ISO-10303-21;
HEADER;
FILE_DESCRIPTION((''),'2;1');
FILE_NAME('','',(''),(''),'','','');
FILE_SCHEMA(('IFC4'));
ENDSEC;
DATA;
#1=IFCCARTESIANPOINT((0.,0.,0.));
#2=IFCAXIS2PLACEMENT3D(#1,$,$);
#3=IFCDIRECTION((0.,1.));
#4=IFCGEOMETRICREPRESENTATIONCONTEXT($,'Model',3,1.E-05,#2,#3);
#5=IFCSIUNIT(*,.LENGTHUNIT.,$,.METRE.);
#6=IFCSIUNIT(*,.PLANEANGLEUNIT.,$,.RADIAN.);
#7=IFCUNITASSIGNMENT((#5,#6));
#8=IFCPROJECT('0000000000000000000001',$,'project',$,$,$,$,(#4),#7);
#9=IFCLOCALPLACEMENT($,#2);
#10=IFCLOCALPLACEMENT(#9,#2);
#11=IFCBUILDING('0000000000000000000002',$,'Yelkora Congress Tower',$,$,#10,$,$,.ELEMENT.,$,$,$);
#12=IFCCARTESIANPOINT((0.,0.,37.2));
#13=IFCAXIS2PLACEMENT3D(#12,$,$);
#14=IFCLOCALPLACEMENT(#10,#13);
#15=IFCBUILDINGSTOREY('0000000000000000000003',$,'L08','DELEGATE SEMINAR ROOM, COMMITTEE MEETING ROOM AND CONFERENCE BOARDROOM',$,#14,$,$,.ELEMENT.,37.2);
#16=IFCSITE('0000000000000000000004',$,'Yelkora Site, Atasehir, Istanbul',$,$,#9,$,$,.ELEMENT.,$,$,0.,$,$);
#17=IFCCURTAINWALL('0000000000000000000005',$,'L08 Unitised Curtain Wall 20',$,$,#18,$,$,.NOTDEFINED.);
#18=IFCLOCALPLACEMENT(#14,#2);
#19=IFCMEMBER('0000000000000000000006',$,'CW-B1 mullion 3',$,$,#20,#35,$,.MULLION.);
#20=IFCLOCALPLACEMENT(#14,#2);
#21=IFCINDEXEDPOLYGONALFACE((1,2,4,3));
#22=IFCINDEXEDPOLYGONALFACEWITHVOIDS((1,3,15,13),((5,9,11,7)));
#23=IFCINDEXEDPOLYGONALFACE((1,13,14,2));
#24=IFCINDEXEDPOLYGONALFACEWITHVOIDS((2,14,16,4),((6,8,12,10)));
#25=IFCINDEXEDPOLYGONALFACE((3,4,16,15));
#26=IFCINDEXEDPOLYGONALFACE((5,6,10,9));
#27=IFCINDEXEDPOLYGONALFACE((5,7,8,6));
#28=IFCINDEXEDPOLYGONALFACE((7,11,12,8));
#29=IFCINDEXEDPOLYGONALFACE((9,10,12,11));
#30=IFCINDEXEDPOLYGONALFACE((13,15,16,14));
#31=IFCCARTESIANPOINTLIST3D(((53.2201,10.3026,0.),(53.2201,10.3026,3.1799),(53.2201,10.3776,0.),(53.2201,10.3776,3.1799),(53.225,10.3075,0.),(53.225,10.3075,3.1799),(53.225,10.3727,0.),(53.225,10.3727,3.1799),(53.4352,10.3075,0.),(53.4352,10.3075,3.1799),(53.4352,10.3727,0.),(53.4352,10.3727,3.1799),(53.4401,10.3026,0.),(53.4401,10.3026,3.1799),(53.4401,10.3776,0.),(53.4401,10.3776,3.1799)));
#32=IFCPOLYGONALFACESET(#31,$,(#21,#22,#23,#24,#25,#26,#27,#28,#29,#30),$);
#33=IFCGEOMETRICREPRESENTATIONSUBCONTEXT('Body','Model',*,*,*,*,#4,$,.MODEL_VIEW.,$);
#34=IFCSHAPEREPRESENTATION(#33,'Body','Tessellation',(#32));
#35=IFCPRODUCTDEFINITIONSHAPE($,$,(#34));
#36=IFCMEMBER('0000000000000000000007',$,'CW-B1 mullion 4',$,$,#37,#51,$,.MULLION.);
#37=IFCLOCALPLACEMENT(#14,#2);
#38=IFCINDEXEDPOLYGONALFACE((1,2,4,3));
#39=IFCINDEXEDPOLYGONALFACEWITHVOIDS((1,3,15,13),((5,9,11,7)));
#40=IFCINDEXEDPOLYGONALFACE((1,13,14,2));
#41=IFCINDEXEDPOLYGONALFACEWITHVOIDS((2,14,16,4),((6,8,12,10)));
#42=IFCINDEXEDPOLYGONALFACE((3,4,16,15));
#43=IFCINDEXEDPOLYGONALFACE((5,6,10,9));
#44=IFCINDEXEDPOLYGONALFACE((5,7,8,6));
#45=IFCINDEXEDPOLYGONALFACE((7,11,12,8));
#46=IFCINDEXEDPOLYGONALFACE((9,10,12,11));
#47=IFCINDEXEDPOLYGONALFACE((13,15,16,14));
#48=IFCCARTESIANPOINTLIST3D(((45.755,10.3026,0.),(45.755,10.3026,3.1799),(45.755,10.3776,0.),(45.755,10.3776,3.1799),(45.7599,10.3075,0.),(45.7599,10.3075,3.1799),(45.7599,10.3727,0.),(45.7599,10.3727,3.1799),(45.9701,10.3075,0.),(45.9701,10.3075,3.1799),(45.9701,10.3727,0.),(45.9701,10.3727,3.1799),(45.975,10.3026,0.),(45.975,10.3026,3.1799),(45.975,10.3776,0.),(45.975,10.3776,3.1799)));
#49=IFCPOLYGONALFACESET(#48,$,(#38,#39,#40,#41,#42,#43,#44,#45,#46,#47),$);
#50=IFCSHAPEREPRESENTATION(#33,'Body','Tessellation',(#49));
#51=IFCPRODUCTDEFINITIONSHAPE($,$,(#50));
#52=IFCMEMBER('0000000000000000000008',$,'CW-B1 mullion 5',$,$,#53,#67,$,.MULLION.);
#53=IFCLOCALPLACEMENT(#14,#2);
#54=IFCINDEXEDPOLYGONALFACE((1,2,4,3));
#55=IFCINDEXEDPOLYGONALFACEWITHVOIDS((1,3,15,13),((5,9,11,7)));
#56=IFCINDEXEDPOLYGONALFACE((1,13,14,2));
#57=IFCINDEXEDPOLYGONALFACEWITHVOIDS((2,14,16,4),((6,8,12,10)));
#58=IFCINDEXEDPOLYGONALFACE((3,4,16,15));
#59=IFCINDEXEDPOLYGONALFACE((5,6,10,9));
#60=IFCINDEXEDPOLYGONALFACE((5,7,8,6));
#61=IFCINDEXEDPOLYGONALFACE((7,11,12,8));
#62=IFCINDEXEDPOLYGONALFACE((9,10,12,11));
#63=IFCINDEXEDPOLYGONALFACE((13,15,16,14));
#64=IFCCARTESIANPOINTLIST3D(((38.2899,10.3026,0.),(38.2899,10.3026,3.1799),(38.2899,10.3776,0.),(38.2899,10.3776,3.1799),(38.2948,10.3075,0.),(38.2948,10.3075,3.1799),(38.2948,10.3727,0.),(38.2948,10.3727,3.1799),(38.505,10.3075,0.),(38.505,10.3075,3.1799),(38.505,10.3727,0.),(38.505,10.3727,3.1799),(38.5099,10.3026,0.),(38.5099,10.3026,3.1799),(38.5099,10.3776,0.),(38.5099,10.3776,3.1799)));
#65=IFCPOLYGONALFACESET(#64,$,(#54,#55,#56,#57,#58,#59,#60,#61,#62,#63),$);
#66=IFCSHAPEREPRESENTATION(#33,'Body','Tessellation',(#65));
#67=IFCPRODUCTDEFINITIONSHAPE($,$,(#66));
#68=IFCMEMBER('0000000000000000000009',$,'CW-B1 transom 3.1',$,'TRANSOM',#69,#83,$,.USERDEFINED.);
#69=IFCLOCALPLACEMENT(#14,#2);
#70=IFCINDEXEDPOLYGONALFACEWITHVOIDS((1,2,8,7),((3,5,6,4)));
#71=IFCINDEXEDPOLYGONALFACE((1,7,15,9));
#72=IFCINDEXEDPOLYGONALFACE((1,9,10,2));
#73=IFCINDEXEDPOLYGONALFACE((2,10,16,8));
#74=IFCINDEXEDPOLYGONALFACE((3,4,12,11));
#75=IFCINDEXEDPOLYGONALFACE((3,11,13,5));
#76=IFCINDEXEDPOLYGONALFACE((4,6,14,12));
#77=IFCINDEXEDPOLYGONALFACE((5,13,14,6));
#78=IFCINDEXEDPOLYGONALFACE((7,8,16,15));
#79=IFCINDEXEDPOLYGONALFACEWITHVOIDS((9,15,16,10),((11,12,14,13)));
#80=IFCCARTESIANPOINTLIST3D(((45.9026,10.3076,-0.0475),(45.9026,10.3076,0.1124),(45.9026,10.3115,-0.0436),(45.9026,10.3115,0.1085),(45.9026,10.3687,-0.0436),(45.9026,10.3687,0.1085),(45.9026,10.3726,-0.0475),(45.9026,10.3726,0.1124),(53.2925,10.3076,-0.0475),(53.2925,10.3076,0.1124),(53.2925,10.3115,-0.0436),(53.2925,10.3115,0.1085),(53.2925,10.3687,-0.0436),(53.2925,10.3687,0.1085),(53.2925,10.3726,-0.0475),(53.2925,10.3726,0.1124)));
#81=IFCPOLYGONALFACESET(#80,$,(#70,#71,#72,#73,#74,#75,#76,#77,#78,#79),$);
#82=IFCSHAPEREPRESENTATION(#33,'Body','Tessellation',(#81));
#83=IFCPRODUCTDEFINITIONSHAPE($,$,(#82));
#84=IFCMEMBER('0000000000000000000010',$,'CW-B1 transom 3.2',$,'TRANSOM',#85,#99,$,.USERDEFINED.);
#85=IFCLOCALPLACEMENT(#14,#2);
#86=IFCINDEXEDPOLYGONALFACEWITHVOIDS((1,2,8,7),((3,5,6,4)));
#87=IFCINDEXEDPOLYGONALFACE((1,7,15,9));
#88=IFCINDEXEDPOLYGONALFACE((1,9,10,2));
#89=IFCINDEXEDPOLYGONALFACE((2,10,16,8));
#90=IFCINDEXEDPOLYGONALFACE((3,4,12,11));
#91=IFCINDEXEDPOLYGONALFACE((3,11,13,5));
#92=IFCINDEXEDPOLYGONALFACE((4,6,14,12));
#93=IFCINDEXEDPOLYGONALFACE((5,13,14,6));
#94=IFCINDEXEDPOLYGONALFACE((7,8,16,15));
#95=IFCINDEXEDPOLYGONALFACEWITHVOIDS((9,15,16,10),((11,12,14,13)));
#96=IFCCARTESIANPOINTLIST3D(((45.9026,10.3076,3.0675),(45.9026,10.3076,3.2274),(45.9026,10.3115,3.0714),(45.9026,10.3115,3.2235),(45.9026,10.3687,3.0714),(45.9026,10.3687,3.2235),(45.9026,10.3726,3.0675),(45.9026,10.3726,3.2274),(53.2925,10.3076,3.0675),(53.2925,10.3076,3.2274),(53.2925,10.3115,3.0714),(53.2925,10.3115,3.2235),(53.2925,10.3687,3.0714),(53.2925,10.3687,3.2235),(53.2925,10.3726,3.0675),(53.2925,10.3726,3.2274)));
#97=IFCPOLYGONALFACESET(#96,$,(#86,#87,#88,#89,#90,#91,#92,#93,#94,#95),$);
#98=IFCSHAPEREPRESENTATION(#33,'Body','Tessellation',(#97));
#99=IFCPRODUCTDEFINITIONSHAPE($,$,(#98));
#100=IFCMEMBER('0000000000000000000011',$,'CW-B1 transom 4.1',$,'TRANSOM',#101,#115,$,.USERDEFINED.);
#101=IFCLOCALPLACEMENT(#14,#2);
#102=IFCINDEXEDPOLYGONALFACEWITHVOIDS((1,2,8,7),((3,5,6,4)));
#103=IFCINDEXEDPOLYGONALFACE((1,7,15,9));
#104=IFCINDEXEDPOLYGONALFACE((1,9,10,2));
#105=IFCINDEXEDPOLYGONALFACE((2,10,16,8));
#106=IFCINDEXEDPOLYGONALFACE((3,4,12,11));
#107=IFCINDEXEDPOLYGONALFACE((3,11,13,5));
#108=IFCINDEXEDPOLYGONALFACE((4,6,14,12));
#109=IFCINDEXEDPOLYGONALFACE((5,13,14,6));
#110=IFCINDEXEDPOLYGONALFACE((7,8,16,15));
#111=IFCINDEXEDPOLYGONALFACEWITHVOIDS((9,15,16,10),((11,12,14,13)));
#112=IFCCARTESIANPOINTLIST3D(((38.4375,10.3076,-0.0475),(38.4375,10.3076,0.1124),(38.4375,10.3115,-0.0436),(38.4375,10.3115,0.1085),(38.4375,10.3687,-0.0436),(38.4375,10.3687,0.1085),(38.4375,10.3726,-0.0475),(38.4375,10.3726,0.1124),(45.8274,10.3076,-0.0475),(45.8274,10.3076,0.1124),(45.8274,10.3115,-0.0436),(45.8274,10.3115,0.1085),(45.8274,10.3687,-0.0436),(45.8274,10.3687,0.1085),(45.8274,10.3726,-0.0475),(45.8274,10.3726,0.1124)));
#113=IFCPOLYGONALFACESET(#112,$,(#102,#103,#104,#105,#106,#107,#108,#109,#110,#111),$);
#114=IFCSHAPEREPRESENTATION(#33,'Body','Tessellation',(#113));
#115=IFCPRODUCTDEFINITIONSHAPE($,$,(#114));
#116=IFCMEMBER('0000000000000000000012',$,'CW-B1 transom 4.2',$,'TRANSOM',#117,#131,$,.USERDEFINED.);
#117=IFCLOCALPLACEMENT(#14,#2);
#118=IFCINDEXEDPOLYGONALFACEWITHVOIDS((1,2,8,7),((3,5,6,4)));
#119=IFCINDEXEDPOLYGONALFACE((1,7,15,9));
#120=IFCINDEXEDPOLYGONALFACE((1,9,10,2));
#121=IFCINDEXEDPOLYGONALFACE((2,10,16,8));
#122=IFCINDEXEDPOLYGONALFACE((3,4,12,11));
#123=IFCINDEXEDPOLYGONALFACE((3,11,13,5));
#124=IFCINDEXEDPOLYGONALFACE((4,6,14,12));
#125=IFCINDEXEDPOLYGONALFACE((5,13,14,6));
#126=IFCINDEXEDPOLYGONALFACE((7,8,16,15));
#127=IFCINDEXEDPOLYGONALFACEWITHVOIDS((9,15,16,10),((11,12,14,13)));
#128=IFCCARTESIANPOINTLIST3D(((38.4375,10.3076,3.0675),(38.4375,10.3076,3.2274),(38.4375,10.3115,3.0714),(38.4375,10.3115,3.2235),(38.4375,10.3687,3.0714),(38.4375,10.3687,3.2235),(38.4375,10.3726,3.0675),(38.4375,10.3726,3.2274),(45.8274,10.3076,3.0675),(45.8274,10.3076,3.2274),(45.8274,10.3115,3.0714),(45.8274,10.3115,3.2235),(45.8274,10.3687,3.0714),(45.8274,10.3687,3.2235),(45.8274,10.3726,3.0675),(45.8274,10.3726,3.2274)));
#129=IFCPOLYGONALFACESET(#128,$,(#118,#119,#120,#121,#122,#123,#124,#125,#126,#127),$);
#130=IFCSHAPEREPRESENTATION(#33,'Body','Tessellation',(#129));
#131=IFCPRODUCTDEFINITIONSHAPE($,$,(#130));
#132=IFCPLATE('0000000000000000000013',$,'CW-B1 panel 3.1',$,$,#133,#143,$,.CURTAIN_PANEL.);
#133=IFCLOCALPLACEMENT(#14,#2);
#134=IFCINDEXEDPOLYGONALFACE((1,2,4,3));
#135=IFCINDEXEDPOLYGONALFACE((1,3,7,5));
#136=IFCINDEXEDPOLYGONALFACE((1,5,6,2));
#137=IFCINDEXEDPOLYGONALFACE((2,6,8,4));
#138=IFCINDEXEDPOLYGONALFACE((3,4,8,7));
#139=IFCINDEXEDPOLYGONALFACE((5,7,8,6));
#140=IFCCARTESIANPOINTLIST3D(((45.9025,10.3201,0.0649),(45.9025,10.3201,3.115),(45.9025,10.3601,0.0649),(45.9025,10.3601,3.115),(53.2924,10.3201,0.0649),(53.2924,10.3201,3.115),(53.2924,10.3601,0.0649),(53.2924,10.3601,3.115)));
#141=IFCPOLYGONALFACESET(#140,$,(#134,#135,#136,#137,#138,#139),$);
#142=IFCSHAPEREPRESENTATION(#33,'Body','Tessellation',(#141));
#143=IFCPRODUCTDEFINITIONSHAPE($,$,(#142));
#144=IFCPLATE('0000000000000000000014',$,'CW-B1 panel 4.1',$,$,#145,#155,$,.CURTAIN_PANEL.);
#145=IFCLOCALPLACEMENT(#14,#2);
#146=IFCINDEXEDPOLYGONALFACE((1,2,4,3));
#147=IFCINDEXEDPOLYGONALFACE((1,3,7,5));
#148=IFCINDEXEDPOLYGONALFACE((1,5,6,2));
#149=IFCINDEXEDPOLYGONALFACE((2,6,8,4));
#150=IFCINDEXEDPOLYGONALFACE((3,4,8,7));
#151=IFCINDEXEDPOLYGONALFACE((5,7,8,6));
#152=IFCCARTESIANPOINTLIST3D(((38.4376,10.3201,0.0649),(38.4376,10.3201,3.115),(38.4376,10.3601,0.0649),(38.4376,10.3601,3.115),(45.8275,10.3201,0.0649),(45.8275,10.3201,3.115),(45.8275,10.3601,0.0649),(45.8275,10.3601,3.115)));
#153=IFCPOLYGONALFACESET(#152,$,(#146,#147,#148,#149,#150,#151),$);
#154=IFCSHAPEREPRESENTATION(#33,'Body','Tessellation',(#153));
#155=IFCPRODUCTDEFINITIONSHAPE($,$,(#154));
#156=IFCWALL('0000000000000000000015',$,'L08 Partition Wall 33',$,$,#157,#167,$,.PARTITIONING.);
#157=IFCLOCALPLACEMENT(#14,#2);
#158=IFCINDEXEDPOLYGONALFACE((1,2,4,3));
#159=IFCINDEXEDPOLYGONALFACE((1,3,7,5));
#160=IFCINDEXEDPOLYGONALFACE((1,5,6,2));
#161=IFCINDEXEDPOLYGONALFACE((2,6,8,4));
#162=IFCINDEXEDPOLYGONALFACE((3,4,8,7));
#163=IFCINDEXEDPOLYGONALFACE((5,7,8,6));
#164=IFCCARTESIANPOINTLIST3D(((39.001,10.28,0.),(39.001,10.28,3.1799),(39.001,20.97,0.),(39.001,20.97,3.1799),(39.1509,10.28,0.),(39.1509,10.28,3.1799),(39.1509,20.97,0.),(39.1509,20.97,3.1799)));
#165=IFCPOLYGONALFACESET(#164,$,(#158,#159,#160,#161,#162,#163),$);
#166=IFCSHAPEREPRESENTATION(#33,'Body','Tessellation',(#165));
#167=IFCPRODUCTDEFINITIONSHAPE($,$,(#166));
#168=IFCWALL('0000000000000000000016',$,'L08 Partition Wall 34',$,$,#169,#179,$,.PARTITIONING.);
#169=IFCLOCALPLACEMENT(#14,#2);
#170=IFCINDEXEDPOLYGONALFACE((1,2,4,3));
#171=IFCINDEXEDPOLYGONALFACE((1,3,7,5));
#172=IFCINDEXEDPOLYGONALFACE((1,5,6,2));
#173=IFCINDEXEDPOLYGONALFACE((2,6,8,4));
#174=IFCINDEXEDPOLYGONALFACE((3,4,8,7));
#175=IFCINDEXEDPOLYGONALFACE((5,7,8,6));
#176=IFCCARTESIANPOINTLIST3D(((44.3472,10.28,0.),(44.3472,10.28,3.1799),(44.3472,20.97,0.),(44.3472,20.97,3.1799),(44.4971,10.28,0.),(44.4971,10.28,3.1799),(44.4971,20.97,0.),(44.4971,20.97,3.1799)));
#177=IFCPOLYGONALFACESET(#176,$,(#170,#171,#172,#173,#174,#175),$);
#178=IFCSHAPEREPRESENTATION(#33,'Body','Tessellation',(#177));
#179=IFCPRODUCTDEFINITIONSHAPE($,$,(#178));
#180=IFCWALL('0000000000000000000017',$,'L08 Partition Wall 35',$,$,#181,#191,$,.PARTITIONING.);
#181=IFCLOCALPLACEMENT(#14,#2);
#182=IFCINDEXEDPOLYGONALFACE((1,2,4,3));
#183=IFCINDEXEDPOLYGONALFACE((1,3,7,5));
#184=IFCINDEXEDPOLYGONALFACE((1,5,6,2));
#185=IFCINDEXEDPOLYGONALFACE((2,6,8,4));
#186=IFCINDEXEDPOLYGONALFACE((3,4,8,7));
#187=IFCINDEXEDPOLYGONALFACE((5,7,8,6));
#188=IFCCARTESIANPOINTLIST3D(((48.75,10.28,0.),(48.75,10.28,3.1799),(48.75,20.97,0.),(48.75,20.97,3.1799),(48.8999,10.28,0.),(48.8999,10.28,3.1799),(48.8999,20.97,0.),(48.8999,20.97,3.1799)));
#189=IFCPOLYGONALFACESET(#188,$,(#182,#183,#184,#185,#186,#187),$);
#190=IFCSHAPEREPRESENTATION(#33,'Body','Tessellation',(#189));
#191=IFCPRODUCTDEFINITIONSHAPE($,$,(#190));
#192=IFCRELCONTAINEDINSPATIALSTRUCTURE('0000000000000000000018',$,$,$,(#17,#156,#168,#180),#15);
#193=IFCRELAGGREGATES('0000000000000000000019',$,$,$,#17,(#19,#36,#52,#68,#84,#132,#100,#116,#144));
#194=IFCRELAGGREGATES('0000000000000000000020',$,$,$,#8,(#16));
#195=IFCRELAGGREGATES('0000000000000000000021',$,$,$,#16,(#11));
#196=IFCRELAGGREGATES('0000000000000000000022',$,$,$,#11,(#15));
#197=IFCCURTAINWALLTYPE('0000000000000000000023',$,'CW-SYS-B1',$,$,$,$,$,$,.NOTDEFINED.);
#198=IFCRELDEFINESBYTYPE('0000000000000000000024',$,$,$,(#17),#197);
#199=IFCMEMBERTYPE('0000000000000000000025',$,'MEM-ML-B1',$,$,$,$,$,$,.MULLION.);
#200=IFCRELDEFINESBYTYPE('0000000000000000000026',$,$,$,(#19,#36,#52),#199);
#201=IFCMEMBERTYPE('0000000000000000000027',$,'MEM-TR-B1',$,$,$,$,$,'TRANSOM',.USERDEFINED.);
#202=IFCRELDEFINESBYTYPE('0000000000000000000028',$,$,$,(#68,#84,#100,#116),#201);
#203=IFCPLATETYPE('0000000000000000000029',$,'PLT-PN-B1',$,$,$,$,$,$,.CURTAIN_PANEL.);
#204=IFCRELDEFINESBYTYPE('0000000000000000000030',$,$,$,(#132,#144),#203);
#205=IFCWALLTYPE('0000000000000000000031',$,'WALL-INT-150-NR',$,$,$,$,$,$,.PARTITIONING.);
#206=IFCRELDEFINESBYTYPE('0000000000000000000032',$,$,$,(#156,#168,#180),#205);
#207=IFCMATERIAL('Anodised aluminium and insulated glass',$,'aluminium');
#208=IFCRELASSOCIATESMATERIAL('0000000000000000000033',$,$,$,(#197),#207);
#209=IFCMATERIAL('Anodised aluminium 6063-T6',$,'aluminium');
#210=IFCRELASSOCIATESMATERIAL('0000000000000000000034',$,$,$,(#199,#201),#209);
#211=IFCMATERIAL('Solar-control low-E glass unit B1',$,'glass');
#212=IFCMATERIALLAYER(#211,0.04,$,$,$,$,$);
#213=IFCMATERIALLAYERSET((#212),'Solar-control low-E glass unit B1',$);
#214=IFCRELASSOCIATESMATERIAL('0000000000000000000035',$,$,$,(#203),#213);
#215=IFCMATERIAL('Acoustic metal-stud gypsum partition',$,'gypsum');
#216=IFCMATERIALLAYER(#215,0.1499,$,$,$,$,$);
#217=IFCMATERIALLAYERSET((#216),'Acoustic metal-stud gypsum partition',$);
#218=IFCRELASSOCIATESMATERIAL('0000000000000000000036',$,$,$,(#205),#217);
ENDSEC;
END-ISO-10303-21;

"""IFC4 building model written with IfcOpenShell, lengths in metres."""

from ifc_helpers import new_model, si_unit, direction, frame, frame_2d, origin, origin_2d, place, context, subcontext, project, spatial, rectangle, hollow_rectangle, extrude, material, layer, layer_set, material_profile, profile_set, type_object, element, aggregate, save


model = new_model("IFC4")

# Units and contexts
model_context = context("Model", 3, precision=1e-05, world=origin(), true_north=direction((0.0, 1.0)))
body_context = subcontext(model_context, "Body", "Model", "MODEL_VIEW")
ifc_project = project(units=[si_unit("LENGTHUNIT", "METRE"), si_unit("PLANEANGLEUNIT", "RADIAN")], contexts=[model_context])

# Site, building, storey
site_placement = place(None, origin())
site = spatial("IfcSite", under=ifc_project, at=site_placement, Name="Yelkora Site, Atasehir, Istanbul", CompositionType="ELEMENT", RefElevation=0.0)
building_placement = place(site_placement, origin())
building = spatial("IfcBuilding", under=site, at=building_placement, Name="Yelkora Congress Tower", CompositionType="ELEMENT")
storey_placement = place(building_placement, frame((0.0, 0.0, 37.2)))
storey = spatial("IfcBuildingStorey", under=building, at=storey_placement, Name="L08", Description="DELEGATE SEMINAR ROOM, COMMITTEE MEETING ROOM AND CONFERENCE BOARDROOM", CompositionType="ELEMENT", Elevation=37.2)

# Curtain wall, members, plates
ifc_material_1 = material(Name="Anodised aluminium and insulated glass", Category="aluminium")
curtain_wall_type = type_object("IfcCurtainWallType", Name="CW-SYS-B1", PredefinedType="NOTDEFINED", material=ifc_material_1)
curtain_wall_placement = place(storey_placement, origin())
curtain_wall = element("IfcCurtainWall", 1, at=curtain_wall_placement, inside=storey, type_object=curtain_wall_type, Name="L08 Unitised Curtain Wall 20", PredefinedType="NOTDEFINED")
ifc_material_2 = material(Name="Anodised aluminium 6063-T6", Category="aluminium")
ifc_material_profile_1 = material_profile(ifc_material_2, hollow_rectangle(XDim=0.075, YDim=0.22, WallThickness=0.0049, at=origin_2d()), Name="ALU 75x220x5")
ifc_profile_set_1 = profile_set([ifc_material_profile_1], Name="Anodised aluminium 6063-T6")
member_type_1 = type_object("IfcMemberType", Name="MEM-ML-B1", PredefinedType="MULLION", material=ifc_profile_set_1)
member_1_placement = place(storey_placement, frame((53.3301, 10.3401, 0.0), z_axis=(0.0, 0.0, 1.0), x_axis=(0.0, -1.0, 0.0)))
member_1 = element("IfcMember", 2, at=member_1_placement, type_object=member_type_1, Name="CW-B1 mullion 3", PredefinedType="MULLION", context=body_context, shape_type="SweptSolid", body=[
    extrude(hollow_rectangle(XDim=0.075, YDim=0.22, WallThickness=0.0049, at=origin_2d()), origin(), (0.0, 0.0, 1.0), 3.1799),
])
member_2_placement = place(storey_placement, frame((45.865, 10.3401, 0.0), z_axis=(0.0, 0.0, 1.0), x_axis=(0.0, -1.0, 0.0)))
member_2 = element("IfcMember", 3, at=member_2_placement, type_object=member_type_1, Name="CW-B1 mullion 4", PredefinedType="MULLION", context=body_context, shape_type="SweptSolid", body=[
    extrude(hollow_rectangle(XDim=0.075, YDim=0.22, WallThickness=0.0049, at=origin_2d()), origin(), (0.0, 0.0, 1.0), 3.1799),
])
member_3_placement = place(storey_placement, frame((38.3999, 10.3401, 0.0), z_axis=(0.0, 0.0, 1.0), x_axis=(0.0, -1.0, 0.0)))
member_3 = element("IfcMember", 4, at=member_3_placement, type_object=member_type_1, Name="CW-B1 mullion 5", PredefinedType="MULLION", context=body_context, shape_type="SweptSolid", body=[
    extrude(hollow_rectangle(XDim=0.075, YDim=0.22, WallThickness=0.0049, at=origin_2d()), origin(), (0.0, 0.0, 1.0), 3.1799),
])
ifc_material_profile_2 = material_profile(ifc_material_2, hollow_rectangle(XDim=0.0649, YDim=0.1599, WallThickness=0.0039, at=origin_2d()), Name="ALU 65x160x4")
ifc_profile_set_2 = profile_set([ifc_material_profile_2], Name="Anodised aluminium 6063-T6")
member_type_2 = type_object("IfcMemberType", Name="MEM-TR-B1", ElementType="TRANSOM", PredefinedType="USERDEFINED", material=ifc_profile_set_2)
member_4_placement = place(storey_placement, frame((53.2925, 10.3401, 0.0325), z_axis=(-1.0, 0.0, 0.0), x_axis=(0.0, -1.0, 0.0)))
member_4 = element("IfcMember", 5, at=member_4_placement, type_object=member_type_2, Name="CW-B1 transom 3.1", ObjectType="TRANSOM", PredefinedType="USERDEFINED", context=body_context, shape_type="SweptSolid", body=[
    extrude(hollow_rectangle(XDim=0.0649, YDim=0.1599, WallThickness=0.0039, at=origin_2d()), origin(), (0.0, 0.0, 1.0), 7.3899),
])
member_5_placement = place(storey_placement, frame((53.2925, 10.3401, 3.1475), z_axis=(-1.0, 0.0, 0.0), x_axis=(0.0, -1.0, 0.0)))
member_5 = element("IfcMember", 6, at=member_5_placement, type_object=member_type_2, Name="CW-B1 transom 3.2", ObjectType="TRANSOM", PredefinedType="USERDEFINED", context=body_context, shape_type="SweptSolid", body=[
    extrude(hollow_rectangle(XDim=0.0649, YDim=0.1599, WallThickness=0.0039, at=origin_2d()), origin(), (0.0, 0.0, 1.0), 7.3899),
])
member_6_placement = place(storey_placement, frame((45.8274, 10.3401, 0.0325), z_axis=(-1.0, 0.0, 0.0), x_axis=(0.0, -1.0, 0.0)))
member_6 = element("IfcMember", 7, at=member_6_placement, type_object=member_type_2, Name="CW-B1 transom 4.1", ObjectType="TRANSOM", PredefinedType="USERDEFINED", context=body_context, shape_type="SweptSolid", body=[
    extrude(hollow_rectangle(XDim=0.0649, YDim=0.1599, WallThickness=0.0039, at=origin_2d()), origin(), (0.0, 0.0, 1.0), 7.3899),
])
member_7_placement = place(storey_placement, frame((45.8274, 10.3401, 3.1475), z_axis=(-1.0, 0.0, 0.0), x_axis=(0.0, -1.0, 0.0)))
member_7 = element("IfcMember", 8, at=member_7_placement, type_object=member_type_2, Name="CW-B1 transom 4.2", ObjectType="TRANSOM", PredefinedType="USERDEFINED", context=body_context, shape_type="SweptSolid", body=[
    extrude(hollow_rectangle(XDim=0.0649, YDim=0.1599, WallThickness=0.0039, at=origin_2d()), origin(), (0.0, 0.0, 1.0), 7.3899),
])
ifc_material_3 = material(Name="Solar-control low-E glass unit B1", Category="glass")
ifc_layer_1 = layer(ifc_material_3, 0.04)
ifc_layer_set_1 = layer_set([ifc_layer_1], Name="Solar-control low-E glass unit B1")
plate_type = type_object("IfcPlateType", Name="PLT-PN-B1", PredefinedType="CURTAIN_PANEL", material=ifc_layer_set_1)
plate_1_placement = place(storey_placement, frame((49.5974, 10.3401, 0.0649), z_axis=(0.0, 0.0, 1.0), x_axis=(-1.0, 0.0, 0.0)))
plate_1 = element("IfcPlate", 9, at=plate_1_placement, type_object=plate_type, Name="CW-B1 panel 3.1", PredefinedType="CURTAIN_PANEL", context=body_context, shape_type="SweptSolid", body=[
    extrude(rectangle(XDim=7.3899, YDim=0.04, at=origin_2d()), origin(), (0.0, 0.0, 1.0), 3.05),
])
plate_2_placement = place(storey_placement, frame((42.1326, 10.3401, 0.0649), z_axis=(0.0, 0.0, 1.0), x_axis=(-1.0, 0.0, 0.0)))
plate_2 = element("IfcPlate", 10, at=plate_2_placement, type_object=plate_type, Name="CW-B1 panel 4.1", PredefinedType="CURTAIN_PANEL", context=body_context, shape_type="SweptSolid", body=[
    extrude(rectangle(XDim=7.3899, YDim=0.04, at=origin_2d()), origin(), (0.0, 0.0, 1.0), 3.05),
])
aggregate(curtain_wall, [member_1, member_2, member_3, member_4, member_5, plate_1, member_6, member_7, plate_2])

# Walls
ifc_material_4 = material(Name="Acoustic metal-stud gypsum partition", Category="gypsum")
ifc_layer_2 = layer(ifc_material_4, 0.1499)
ifc_layer_set_2 = layer_set([ifc_layer_2], Name="Acoustic metal-stud gypsum partition")
wall_type = type_object("IfcWallType", Name="WALL-INT-150-NR", PredefinedType="PARTITIONING", material=ifc_layer_set_2)
for number, where, z_axis, x_axis, name in (
    (11, (39.0759, 10.28, 0.0), (0.0, 0.0, 1.0), (0.0, 1.0, 0.0), "L08 Partition Wall 33"),
    (12, (44.4221, 10.28, 0.0), (0.0, 0.0, 1.0), (0.0, 1.0, 0.0), "L08 Partition Wall 34"),
    (13, (48.825, 10.28, 0.0), (0.0, 0.0, 1.0), (0.0, 1.0, 0.0), "L08 Partition Wall 35"),
):
    element("IfcWall", number, at=place(storey_placement, frame(where, z_axis=z_axis, x_axis=x_axis)), inside=storey, type_object=wall_type, Name=name, PredefinedType="PARTITIONING", context=body_context, shape_type="SweptSolid", body=[
        extrude(rectangle(XDim=10.6899, YDim=0.1499, at=frame_2d((5.345, 0.0))), origin(), (0.0, 0.0, 1.0), 3.1799),
    ])

save(model, "model.ifc")
